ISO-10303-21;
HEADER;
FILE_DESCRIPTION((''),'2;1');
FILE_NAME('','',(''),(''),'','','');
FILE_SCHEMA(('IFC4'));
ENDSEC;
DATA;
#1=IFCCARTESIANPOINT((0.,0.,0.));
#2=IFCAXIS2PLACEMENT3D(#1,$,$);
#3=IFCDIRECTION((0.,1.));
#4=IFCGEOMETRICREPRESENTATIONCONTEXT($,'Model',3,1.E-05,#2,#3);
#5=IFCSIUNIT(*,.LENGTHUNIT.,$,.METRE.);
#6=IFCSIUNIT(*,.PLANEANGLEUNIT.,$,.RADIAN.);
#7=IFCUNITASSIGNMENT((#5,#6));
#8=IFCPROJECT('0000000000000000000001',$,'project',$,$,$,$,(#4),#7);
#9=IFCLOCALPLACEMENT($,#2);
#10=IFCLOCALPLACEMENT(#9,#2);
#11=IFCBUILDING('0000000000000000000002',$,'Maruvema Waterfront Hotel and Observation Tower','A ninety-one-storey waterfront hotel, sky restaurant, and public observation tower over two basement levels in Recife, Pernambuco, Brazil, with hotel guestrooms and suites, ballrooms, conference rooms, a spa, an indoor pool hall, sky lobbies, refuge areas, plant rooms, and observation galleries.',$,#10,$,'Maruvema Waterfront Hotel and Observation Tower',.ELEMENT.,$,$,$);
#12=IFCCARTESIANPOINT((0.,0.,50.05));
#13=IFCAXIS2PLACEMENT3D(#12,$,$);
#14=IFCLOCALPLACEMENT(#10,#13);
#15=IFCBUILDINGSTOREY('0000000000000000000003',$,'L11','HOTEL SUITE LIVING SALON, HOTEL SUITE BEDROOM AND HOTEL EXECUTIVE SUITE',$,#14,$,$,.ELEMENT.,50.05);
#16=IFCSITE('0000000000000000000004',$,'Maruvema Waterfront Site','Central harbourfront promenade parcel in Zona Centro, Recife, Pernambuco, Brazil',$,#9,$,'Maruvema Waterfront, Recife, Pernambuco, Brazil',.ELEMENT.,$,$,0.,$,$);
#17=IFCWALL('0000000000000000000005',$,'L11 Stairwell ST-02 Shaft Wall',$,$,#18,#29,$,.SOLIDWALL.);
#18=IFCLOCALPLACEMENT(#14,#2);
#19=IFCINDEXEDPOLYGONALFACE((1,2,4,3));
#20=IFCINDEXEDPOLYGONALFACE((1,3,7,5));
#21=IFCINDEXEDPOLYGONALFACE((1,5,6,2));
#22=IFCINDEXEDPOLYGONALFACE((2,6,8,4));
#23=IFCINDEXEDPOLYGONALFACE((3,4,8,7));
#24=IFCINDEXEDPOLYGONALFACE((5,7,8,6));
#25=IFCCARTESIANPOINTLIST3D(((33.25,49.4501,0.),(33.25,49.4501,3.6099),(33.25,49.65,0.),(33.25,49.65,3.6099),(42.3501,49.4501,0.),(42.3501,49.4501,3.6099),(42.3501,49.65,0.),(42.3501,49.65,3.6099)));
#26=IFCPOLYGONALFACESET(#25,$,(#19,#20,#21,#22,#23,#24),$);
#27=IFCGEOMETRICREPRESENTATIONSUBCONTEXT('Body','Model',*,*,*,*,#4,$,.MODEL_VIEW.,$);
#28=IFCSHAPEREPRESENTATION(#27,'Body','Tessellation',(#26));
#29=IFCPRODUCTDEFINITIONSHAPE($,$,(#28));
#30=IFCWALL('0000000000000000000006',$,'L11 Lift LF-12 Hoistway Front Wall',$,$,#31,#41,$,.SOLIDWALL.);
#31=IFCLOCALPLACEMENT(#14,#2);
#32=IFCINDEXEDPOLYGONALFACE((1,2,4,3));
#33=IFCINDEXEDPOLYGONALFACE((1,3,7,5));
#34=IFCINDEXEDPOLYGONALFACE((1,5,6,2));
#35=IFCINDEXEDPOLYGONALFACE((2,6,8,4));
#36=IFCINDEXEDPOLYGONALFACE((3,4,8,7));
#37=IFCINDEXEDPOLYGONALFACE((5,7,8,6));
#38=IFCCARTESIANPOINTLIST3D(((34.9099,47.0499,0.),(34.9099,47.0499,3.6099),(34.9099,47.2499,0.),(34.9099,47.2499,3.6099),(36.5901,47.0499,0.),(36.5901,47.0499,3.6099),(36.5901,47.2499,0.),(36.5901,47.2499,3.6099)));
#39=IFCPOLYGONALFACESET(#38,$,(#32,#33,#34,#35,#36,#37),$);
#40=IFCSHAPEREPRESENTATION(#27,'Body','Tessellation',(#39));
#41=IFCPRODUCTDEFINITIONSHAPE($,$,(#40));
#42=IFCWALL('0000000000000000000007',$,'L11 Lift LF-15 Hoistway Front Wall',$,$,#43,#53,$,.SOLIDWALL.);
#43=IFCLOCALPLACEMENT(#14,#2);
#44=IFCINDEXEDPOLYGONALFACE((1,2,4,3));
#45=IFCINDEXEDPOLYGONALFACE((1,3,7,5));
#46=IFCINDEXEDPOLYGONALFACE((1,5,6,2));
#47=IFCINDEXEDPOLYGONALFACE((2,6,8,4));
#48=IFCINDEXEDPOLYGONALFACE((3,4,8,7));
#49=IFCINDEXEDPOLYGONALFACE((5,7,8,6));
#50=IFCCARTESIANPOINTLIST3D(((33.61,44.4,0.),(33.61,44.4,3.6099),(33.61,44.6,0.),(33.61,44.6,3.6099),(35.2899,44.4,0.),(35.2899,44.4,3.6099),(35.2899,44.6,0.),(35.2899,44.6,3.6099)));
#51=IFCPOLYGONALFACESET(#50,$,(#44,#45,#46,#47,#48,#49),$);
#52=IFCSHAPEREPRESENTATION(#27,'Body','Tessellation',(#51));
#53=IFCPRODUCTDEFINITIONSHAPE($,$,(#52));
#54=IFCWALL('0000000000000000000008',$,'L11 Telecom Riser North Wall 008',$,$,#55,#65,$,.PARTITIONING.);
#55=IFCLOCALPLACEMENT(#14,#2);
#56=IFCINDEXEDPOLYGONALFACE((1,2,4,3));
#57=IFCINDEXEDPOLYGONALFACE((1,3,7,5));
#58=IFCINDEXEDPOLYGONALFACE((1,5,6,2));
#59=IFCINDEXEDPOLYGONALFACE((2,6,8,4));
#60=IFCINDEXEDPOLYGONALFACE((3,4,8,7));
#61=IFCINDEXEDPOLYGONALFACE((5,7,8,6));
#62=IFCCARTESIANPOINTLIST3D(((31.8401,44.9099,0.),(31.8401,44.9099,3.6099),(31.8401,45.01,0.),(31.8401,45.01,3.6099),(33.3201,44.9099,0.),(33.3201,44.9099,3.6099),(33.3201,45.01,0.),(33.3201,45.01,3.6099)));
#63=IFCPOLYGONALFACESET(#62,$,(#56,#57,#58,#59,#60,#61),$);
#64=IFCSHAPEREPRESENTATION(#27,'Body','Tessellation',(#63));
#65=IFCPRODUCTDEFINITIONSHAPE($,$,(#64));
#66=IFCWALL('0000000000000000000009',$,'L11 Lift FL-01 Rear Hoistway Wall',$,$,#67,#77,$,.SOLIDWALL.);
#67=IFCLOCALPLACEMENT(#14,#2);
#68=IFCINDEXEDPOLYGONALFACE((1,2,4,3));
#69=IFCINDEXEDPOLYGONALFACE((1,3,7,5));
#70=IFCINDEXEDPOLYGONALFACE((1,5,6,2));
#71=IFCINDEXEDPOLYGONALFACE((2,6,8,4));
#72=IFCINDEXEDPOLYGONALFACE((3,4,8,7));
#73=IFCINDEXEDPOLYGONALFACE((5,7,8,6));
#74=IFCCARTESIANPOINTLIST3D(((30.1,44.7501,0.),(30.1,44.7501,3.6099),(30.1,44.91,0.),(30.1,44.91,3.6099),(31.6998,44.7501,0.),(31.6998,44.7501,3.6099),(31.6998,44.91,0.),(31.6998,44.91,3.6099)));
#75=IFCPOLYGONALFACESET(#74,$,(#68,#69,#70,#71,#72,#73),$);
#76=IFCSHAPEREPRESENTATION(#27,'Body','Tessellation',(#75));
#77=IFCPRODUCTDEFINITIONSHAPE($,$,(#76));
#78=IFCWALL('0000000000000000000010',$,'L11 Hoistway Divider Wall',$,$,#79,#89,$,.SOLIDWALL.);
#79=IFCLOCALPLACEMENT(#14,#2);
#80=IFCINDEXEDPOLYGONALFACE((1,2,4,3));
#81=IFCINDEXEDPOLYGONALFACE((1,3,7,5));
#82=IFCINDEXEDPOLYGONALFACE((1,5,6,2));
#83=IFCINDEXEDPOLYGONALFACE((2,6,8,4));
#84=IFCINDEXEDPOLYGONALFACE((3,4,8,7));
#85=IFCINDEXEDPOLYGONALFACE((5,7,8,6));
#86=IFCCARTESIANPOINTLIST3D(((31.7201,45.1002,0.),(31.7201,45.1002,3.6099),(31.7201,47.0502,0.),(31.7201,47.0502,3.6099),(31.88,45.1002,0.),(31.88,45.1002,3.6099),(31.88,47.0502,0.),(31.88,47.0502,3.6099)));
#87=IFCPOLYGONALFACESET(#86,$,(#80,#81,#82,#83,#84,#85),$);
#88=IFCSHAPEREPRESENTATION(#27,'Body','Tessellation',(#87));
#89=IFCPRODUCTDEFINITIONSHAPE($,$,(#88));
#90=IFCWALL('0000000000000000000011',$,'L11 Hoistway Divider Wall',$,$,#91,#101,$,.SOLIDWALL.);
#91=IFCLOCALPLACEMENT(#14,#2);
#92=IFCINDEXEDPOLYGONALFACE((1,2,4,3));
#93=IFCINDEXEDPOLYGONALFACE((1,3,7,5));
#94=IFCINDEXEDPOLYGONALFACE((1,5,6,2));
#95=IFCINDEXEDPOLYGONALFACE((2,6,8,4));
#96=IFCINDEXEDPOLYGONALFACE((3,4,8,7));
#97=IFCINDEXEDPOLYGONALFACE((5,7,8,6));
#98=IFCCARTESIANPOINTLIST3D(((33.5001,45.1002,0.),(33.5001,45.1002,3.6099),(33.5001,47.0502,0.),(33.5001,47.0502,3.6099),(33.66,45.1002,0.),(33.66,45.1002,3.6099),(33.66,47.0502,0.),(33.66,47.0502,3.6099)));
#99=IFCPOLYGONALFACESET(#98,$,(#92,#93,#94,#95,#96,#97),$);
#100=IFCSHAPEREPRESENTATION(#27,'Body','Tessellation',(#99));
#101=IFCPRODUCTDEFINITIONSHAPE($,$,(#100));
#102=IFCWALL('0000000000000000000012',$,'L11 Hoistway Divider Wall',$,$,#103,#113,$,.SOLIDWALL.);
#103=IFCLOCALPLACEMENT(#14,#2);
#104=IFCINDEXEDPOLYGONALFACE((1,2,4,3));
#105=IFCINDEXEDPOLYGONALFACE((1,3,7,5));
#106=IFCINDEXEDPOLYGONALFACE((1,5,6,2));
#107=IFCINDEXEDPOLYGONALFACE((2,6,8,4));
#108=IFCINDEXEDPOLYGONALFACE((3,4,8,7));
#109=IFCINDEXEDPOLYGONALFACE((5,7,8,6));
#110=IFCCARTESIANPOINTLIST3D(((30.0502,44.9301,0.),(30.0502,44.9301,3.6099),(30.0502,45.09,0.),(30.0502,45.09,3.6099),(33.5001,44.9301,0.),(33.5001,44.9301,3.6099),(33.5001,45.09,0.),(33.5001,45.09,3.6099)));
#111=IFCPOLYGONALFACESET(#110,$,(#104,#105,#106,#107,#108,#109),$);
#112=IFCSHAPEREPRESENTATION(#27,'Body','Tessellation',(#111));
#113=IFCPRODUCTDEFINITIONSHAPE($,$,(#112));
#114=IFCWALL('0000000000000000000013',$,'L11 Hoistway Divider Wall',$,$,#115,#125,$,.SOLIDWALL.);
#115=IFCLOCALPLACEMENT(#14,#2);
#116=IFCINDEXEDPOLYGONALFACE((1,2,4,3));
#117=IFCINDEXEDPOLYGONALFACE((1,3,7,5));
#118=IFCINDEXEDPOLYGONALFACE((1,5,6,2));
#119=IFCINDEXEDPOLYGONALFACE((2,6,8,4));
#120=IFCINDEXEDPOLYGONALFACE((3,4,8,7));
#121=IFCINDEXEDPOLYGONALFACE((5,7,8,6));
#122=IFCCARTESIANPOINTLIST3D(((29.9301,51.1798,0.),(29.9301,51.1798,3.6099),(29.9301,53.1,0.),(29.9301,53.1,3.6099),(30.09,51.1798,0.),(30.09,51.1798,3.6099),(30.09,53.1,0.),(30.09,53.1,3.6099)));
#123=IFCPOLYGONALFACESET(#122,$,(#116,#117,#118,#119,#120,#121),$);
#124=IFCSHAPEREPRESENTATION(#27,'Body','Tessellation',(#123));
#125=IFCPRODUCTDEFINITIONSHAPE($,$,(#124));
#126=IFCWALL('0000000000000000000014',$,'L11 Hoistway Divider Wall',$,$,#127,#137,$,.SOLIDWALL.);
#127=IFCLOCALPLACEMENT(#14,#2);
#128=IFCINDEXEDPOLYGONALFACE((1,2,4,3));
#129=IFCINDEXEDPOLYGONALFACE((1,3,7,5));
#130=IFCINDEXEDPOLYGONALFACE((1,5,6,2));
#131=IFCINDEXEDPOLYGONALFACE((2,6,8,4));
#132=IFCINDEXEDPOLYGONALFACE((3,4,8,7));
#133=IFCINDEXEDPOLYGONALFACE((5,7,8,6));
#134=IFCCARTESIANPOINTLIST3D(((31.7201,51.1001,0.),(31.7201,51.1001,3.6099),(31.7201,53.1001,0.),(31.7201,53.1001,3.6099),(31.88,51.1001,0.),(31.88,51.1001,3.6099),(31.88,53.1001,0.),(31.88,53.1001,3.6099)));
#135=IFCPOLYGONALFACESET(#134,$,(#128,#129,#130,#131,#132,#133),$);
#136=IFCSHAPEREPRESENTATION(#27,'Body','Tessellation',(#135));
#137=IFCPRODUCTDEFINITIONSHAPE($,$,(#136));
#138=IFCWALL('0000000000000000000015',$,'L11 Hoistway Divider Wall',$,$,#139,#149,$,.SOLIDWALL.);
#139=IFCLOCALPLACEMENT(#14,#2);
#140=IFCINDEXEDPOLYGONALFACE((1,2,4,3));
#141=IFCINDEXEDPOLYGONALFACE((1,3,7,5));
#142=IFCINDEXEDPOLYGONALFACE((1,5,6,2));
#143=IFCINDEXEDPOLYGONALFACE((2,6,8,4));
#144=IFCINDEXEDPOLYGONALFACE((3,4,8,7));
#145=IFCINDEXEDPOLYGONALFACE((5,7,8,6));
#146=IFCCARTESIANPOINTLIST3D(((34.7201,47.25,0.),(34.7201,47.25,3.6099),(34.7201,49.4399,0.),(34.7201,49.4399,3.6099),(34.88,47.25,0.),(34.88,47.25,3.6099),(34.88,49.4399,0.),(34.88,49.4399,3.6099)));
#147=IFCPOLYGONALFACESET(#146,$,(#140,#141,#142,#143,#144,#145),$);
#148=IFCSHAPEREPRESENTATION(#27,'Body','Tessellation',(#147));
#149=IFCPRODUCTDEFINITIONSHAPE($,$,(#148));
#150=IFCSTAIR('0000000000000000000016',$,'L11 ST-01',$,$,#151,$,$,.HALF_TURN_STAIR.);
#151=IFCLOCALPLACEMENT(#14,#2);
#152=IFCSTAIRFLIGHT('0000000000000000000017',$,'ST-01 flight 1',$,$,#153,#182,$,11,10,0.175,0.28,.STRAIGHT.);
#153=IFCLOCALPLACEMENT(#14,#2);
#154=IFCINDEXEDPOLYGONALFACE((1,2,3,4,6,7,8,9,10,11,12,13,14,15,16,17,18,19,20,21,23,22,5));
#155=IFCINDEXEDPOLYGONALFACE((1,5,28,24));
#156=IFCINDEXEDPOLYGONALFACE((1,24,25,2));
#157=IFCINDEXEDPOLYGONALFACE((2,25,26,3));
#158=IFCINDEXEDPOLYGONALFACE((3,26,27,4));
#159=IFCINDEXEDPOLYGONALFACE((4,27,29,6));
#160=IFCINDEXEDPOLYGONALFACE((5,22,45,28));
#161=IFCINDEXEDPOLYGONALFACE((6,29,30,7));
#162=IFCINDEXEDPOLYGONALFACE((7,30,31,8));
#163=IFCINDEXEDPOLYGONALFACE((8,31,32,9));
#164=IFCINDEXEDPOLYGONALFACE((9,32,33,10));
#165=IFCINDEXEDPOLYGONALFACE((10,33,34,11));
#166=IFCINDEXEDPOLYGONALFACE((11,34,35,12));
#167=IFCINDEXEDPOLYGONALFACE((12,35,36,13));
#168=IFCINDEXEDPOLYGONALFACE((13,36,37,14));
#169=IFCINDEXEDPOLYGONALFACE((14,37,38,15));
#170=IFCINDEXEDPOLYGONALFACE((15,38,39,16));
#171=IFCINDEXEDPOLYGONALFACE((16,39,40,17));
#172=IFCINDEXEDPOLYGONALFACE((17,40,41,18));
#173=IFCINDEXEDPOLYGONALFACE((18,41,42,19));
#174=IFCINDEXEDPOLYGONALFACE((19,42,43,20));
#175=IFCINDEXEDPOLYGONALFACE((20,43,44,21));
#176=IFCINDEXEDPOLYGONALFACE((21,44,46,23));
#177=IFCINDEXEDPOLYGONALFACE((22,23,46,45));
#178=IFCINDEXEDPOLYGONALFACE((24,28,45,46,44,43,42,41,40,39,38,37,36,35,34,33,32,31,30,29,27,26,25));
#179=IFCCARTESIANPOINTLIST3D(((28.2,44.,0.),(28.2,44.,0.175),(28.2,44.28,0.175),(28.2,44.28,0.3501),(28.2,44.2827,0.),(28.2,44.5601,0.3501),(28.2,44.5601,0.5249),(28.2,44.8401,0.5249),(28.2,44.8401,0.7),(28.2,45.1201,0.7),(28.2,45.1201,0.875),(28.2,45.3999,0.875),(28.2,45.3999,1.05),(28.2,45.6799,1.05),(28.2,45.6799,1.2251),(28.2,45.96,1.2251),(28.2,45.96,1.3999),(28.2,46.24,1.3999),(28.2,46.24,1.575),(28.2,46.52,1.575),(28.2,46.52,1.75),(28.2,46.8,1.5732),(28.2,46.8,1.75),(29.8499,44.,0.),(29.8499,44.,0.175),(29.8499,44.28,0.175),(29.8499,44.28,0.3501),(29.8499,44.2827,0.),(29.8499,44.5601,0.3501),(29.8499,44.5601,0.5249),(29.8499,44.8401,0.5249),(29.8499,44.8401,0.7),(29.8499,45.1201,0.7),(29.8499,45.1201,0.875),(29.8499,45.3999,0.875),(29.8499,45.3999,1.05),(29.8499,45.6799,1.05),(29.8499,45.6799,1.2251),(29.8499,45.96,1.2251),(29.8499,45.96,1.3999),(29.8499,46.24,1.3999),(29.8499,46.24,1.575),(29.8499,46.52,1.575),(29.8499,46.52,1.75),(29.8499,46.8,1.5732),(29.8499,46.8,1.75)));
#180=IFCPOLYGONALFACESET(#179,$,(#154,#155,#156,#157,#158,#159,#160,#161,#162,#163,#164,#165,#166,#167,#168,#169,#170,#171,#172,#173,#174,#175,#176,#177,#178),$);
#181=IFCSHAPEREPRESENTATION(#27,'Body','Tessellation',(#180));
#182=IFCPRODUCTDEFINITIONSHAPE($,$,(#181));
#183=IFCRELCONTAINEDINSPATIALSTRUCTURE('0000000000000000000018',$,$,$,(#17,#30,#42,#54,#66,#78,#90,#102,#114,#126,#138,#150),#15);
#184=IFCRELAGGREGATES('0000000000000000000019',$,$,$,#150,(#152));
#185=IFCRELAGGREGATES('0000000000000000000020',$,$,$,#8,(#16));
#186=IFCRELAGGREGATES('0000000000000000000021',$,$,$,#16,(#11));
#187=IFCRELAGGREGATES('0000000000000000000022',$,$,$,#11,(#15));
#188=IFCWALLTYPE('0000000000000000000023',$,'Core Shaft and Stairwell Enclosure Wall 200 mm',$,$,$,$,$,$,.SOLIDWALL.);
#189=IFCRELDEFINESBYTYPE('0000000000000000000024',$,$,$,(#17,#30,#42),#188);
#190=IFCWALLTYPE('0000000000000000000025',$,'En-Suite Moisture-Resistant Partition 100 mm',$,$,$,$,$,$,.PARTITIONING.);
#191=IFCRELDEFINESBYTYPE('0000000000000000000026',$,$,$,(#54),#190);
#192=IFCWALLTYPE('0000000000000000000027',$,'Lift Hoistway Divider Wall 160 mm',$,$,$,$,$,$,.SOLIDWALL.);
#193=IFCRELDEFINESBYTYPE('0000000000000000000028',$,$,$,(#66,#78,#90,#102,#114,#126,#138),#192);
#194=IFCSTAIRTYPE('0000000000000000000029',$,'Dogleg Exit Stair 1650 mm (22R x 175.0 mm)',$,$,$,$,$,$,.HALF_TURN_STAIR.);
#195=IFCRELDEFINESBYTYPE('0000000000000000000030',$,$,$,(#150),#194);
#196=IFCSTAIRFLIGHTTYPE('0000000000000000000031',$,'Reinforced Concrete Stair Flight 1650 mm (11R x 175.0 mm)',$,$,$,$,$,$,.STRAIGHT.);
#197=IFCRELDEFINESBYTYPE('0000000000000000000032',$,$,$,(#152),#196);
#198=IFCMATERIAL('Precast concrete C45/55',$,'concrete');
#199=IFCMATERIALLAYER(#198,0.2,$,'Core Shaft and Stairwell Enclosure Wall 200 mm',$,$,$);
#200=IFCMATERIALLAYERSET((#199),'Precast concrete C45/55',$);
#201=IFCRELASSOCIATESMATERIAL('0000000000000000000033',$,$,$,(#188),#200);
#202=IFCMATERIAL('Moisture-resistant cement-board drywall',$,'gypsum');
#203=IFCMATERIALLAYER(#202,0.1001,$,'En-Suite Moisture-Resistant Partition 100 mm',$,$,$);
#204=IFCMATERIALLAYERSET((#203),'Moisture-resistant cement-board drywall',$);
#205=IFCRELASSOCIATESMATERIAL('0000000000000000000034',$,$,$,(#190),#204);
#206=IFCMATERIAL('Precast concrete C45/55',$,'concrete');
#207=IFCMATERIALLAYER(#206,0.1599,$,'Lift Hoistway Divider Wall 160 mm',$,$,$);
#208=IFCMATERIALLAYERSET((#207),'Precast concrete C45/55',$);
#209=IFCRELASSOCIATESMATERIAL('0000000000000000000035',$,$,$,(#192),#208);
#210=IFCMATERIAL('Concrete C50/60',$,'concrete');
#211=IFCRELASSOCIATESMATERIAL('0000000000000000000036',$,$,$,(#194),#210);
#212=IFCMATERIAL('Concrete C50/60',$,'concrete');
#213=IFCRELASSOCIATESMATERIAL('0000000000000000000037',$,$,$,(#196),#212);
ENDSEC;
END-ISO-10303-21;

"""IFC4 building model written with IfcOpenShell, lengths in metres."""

from ifc_helpers import new_model, si_unit, direction, frame, frame_2d, origin, place, context, subcontext, project, spatial, polyline, rectangle, outline, extrude, material, layer, layer_set, type_object, element, aggregate, save


model = new_model("IFC4")

# Units and contexts
model_context = context("Model", 3, precision=1e-05, world=origin(), true_north=direction((0.0, 1.0)))
body_context = subcontext(model_context, "Body", "Model", "MODEL_VIEW")
ifc_project = project(units=[si_unit("LENGTHUNIT", "METRE"), si_unit("PLANEANGLEUNIT", "RADIAN")], contexts=[model_context])

# Site, building, storey
site_placement = place(None, origin())
site = spatial("IfcSite", under=ifc_project, at=site_placement, Name="Maruvema Waterfront Site", Description="Central harbourfront promenade parcel in Zona Centro, Recife, Pernambuco, Brazil", LongName="Maruvema Waterfront, Recife, Pernambuco, Brazil", CompositionType="ELEMENT", RefElevation=0.0)
building_placement = place(site_placement, origin())
building = spatial("IfcBuilding", under=site, at=building_placement, Name="Maruvema Waterfront Hotel and Observation Tower", Description="A ninety-one-storey waterfront hotel, sky restaurant, and public observation tower over two basement levels in Recife, Pernambuco, Brazil, with hotel guestrooms and suites, ballrooms, conference rooms, a spa, an indoor pool hall, sky lobbies, refuge areas, plant rooms, and observation galleries.", LongName="Maruvema Waterfront Hotel and Observation Tower", CompositionType="ELEMENT")
storey_placement = place(building_placement, frame((0.0, 0.0, 50.05)))
storey = spatial("IfcBuildingStorey", under=building, at=storey_placement, Name="L11", Description="HOTEL SUITE LIVING SALON, HOTEL SUITE BEDROOM AND HOTEL EXECUTIVE SUITE", CompositionType="ELEMENT", Elevation=50.05)

# Wall
ifc_material_1 = material(Name="Precast concrete C45/55", Category="concrete")
ifc_layer_1 = layer(ifc_material_1, 0.2, Name="Core Shaft and Stairwell Enclosure Wall 200 mm")
ifc_layer_set_1 = layer_set([ifc_layer_1], Name="Precast concrete C45/55")
wall_type_1 = type_object("IfcWallType", Name="Core Shaft and Stairwell Enclosure Wall 200 mm", PredefinedType="SOLIDWALL", material=ifc_layer_set_1)
wall_1_placement = place(storey_placement, frame((33.25, 49.55, 0.0), z_axis=(0.0, 0.0, 1.0), x_axis=(1.0, 0.0, 0.0)))
element("IfcWall", 1, at=wall_1_placement, inside=storey, type_object=wall_type_1, Name="L11 Stairwell ST-02 Shaft Wall", PredefinedType="SOLIDWALL", context=body_context, shape_type="SweptSolid", body=[
    extrude(rectangle(XDim=9.1001, YDim=0.2, at=frame_2d((4.55, 0.0))), origin(), (0.0, 0.0, 1.0), 3.6099),
])

# Walls
wall_2_placement = place(storey_placement, frame((34.9099, 47.1499, 0.0), z_axis=(0.0, 0.0, 1.0), x_axis=(1.0, 0.0, 0.0)))
element("IfcWall", 2, at=wall_2_placement, inside=storey, type_object=wall_type_1, Name="L11 Lift LF-12 Hoistway Front Wall", PredefinedType="SOLIDWALL", context=body_context, shape_type="SweptSolid", body=[
    extrude(rectangle(XDim=1.6802, YDim=0.2, at=frame_2d((0.8401, 0.0))), origin(), (0.0, 0.0, 1.0), 3.6099),
])
wall_3_placement = place(storey_placement, frame((33.6101, 44.5, 0.0), z_axis=(0.0, 0.0, 1.0), x_axis=(1.0, 0.0, 0.0)))
element("IfcWall", 3, at=wall_3_placement, inside=storey, type_object=wall_type_1, Name="L11 Lift LF-15 Hoistway Front Wall", PredefinedType="SOLIDWALL", context=body_context, shape_type="SweptSolid", body=[
    extrude(rectangle(XDim=1.6799, YDim=0.2, at=frame_2d((0.8398, 0.0))), origin(), (0.0, 0.0, 1.0), 3.6099),
])
ifc_material_2 = material(Name="Moisture-resistant cement-board drywall", Category="gypsum")
ifc_layer_2 = layer(ifc_material_2, 0.1001, Name="En-Suite Moisture-Resistant Partition 100 mm")
ifc_layer_set_2 = layer_set([ifc_layer_2], Name="Moisture-resistant cement-board drywall")
wall_type_2 = type_object("IfcWallType", Name="En-Suite Moisture-Resistant Partition 100 mm", PredefinedType="PARTITIONING", material=ifc_layer_set_2)
wall_4_placement = place(storey_placement, frame((31.8401, 44.96, 0.0), z_axis=(0.0, 0.0, 1.0), x_axis=(1.0, 0.0, 0.0)))
element("IfcWall", 4, at=wall_4_placement, inside=storey, type_object=wall_type_2, Name="L11 Telecom Riser North Wall 008", PredefinedType="PARTITIONING", context=body_context, shape_type="SweptSolid", body=[
    extrude(rectangle(XDim=1.48, YDim=0.1001, at=frame_2d((0.74, 0.0))), origin(), (0.0, 0.0, 1.0), 3.6099),
])
ifc_material_3 = material(Name="Precast concrete C45/55", Category="concrete")
ifc_layer_3 = layer(ifc_material_3, 0.1599, Name="Lift Hoistway Divider Wall 160 mm")
ifc_layer_set_3 = layer_set([ifc_layer_3], Name="Precast concrete C45/55")
wall_type_3 = type_object("IfcWallType", Name="Lift Hoistway Divider Wall 160 mm", PredefinedType="SOLIDWALL", material=ifc_layer_set_3)
wall_5_placement = place(storey_placement, frame((30.1001, 44.8301, 0.0), z_axis=(0.0, 0.0, 1.0), x_axis=(1.0, 0.0, 0.0)))
element("IfcWall", 5, at=wall_5_placement, inside=storey, type_object=wall_type_3, Name="L11 Lift FL-01 Rear Hoistway Wall", PredefinedType="SOLIDWALL", context=body_context, shape_type="SweptSolid", body=[
    extrude(rectangle(XDim=1.5999, YDim=0.1599, at=frame_2d((0.7998, 0.0))), origin(), (0.0, 0.0, 1.0), 3.6099),
])
for number, where, z_axis, x_axis, name in (
    (6, (31.8, 45.1001, 0.0), (0.0, 0.0, 1.0), (0.0, 1.0, 0.0), "L11 Hoistway Divider Wall"),
    (7, (33.5801, 45.1001, 0.0), (0.0, 0.0, 1.0), (0.0, 1.0, 0.0), "L11 Hoistway Divider Wall"),
):
    element("IfcWall", number, at=place(storey_placement, frame(where, z_axis=z_axis, x_axis=x_axis)), inside=storey, type_object=wall_type_3, Name=name, PredefinedType="SOLIDWALL", context=body_context, shape_type="SweptSolid", body=[
        extrude(rectangle(XDim=1.95, YDim=0.1599, at=frame_2d((0.9751, 0.0))), origin(), (0.0, 0.0, 1.0), 3.6099),
    ])
wall_6_placement = place(storey_placement, frame((30.05, 45.01, 0.0), z_axis=(0.0, 0.0, 1.0), x_axis=(1.0, 0.0, 0.0)))
element("IfcWall", 8, at=wall_6_placement, inside=storey, type_object=wall_type_3, Name="L11 Hoistway Divider Wall", PredefinedType="SOLIDWALL", context=body_context, shape_type="SweptSolid", body=[
    extrude(rectangle(XDim=3.45, YDim=0.1599, at=frame_2d((1.7251, 0.0))), origin(), (0.0, 0.0, 1.0), 3.6099),
])
wall_7_placement = place(storey_placement, frame((30.01, 51.1799, 0.0), z_axis=(0.0, 0.0, 1.0), x_axis=(0.0, 1.0, 0.0)))
element("IfcWall", 9, at=wall_7_placement, inside=storey, type_object=wall_type_3, Name="L11 Hoistway Divider Wall", PredefinedType="SOLIDWALL", context=body_context, shape_type="SweptSolid", body=[
    extrude(rectangle(XDim=1.9202, YDim=0.1599, at=frame_2d((0.96, 0.0))), origin(), (0.0, 0.0, 1.0), 3.6099),
])
wall_8_placement = place(storey_placement, frame((31.8, 51.1001, 0.0), z_axis=(0.0, 0.0, 1.0), x_axis=(0.0, 1.0, 0.0)))
element("IfcWall", 10, at=wall_8_placement, inside=storey, type_object=wall_type_3, Name="L11 Hoistway Divider Wall", PredefinedType="SOLIDWALL", context=body_context, shape_type="SweptSolid", body=[
    extrude(rectangle(XDim=2.0, YDim=0.1599, at=frame_2d((1.0, 0.0))), origin(), (0.0, 0.0, 1.0), 3.6099),
])
wall_9_placement = place(storey_placement, frame((34.8, 47.25, 0.0), z_axis=(0.0, 0.0, 1.0), x_axis=(0.0, 1.0, 0.0)))
element("IfcWall", 11, at=wall_9_placement, inside=storey, type_object=wall_type_3, Name="L11 Hoistway Divider Wall", PredefinedType="SOLIDWALL", context=body_context, shape_type="SweptSolid", body=[
    extrude(rectangle(XDim=2.1899, YDim=0.1599, at=frame_2d((1.095, 0.0))), origin(), (0.0, 0.0, 1.0), 3.6099),
])

# Stair, stair flight
ifc_material_4 = material(Name="Concrete C50/60", Category="concrete")
stair_type = type_object("IfcStairType", Name="Dogleg Exit Stair 1650 mm (22R x 175.0 mm)", PredefinedType="HALF_TURN_STAIR", material=ifc_material_4)
stair_1_placement = place(storey_placement, origin())
stair_1 = element("IfcStair", 12, at=stair_1_placement, inside=storey, type_object=stair_type, Name="L11 ST-01", PredefinedType="HALF_TURN_STAIR")
ifc_material_5 = material(Name="Concrete C50/60", Category="concrete")
stair_flight_type = type_object("IfcStairFlightType", Name="Reinforced Concrete Stair Flight 1650 mm (11R x 175.0 mm)", PredefinedType="STRAIGHT", material=ifc_material_5)
stair_flight_1_placement = place(storey_placement, frame((29.0249, 44.0, 0.0), z_axis=(0.0, 0.0, 1.0), x_axis=(0.0, 1.0, 0.0)))
stair_flight_1 = element("IfcStairFlight", 13, at=stair_flight_1_placement, type_object=stair_flight_type, Name="ST-01 flight 1", NumberOfRisers=11, NumberOfTreads=10, PredefinedType="STRAIGHT", RiserHeight=0.175, TreadLength=0.28, context=body_context, shape_type="SweptSolid", body=[
    extrude(outline(polyline([(0.0, 0.0), (0.0, 0.175), (0.28, 0.175), (0.28, 0.3501), (0.5601, 0.3501), (0.5601, 0.5249), (0.8401, 0.5249), (0.8401, 0.7), (1.1201, 0.7), (1.1201, 0.875), (1.3999, 0.875), (1.3999, 1.05), (1.6799, 1.05), (1.6799, 1.2251), (1.96, 1.2251), (1.96, 1.3999), (2.24, 1.3999), (2.24, 1.575), (2.52, 1.575), (2.52, 1.75), (2.8, 1.75), (2.8, 1.925), (2.8, 1.5732), (0.2827, 0.0), (0.0, 0.0)])), frame((0.0, 0.825, 0.0), z_axis=(0.0, -1.0, 0.0), x_axis=(1.0, 0.0, 0.0)), (0.0, 0.0, 1.0), 1.6499),
])
aggregate(stair_1, [stair_flight_1])

save(model, "model.ifc")
